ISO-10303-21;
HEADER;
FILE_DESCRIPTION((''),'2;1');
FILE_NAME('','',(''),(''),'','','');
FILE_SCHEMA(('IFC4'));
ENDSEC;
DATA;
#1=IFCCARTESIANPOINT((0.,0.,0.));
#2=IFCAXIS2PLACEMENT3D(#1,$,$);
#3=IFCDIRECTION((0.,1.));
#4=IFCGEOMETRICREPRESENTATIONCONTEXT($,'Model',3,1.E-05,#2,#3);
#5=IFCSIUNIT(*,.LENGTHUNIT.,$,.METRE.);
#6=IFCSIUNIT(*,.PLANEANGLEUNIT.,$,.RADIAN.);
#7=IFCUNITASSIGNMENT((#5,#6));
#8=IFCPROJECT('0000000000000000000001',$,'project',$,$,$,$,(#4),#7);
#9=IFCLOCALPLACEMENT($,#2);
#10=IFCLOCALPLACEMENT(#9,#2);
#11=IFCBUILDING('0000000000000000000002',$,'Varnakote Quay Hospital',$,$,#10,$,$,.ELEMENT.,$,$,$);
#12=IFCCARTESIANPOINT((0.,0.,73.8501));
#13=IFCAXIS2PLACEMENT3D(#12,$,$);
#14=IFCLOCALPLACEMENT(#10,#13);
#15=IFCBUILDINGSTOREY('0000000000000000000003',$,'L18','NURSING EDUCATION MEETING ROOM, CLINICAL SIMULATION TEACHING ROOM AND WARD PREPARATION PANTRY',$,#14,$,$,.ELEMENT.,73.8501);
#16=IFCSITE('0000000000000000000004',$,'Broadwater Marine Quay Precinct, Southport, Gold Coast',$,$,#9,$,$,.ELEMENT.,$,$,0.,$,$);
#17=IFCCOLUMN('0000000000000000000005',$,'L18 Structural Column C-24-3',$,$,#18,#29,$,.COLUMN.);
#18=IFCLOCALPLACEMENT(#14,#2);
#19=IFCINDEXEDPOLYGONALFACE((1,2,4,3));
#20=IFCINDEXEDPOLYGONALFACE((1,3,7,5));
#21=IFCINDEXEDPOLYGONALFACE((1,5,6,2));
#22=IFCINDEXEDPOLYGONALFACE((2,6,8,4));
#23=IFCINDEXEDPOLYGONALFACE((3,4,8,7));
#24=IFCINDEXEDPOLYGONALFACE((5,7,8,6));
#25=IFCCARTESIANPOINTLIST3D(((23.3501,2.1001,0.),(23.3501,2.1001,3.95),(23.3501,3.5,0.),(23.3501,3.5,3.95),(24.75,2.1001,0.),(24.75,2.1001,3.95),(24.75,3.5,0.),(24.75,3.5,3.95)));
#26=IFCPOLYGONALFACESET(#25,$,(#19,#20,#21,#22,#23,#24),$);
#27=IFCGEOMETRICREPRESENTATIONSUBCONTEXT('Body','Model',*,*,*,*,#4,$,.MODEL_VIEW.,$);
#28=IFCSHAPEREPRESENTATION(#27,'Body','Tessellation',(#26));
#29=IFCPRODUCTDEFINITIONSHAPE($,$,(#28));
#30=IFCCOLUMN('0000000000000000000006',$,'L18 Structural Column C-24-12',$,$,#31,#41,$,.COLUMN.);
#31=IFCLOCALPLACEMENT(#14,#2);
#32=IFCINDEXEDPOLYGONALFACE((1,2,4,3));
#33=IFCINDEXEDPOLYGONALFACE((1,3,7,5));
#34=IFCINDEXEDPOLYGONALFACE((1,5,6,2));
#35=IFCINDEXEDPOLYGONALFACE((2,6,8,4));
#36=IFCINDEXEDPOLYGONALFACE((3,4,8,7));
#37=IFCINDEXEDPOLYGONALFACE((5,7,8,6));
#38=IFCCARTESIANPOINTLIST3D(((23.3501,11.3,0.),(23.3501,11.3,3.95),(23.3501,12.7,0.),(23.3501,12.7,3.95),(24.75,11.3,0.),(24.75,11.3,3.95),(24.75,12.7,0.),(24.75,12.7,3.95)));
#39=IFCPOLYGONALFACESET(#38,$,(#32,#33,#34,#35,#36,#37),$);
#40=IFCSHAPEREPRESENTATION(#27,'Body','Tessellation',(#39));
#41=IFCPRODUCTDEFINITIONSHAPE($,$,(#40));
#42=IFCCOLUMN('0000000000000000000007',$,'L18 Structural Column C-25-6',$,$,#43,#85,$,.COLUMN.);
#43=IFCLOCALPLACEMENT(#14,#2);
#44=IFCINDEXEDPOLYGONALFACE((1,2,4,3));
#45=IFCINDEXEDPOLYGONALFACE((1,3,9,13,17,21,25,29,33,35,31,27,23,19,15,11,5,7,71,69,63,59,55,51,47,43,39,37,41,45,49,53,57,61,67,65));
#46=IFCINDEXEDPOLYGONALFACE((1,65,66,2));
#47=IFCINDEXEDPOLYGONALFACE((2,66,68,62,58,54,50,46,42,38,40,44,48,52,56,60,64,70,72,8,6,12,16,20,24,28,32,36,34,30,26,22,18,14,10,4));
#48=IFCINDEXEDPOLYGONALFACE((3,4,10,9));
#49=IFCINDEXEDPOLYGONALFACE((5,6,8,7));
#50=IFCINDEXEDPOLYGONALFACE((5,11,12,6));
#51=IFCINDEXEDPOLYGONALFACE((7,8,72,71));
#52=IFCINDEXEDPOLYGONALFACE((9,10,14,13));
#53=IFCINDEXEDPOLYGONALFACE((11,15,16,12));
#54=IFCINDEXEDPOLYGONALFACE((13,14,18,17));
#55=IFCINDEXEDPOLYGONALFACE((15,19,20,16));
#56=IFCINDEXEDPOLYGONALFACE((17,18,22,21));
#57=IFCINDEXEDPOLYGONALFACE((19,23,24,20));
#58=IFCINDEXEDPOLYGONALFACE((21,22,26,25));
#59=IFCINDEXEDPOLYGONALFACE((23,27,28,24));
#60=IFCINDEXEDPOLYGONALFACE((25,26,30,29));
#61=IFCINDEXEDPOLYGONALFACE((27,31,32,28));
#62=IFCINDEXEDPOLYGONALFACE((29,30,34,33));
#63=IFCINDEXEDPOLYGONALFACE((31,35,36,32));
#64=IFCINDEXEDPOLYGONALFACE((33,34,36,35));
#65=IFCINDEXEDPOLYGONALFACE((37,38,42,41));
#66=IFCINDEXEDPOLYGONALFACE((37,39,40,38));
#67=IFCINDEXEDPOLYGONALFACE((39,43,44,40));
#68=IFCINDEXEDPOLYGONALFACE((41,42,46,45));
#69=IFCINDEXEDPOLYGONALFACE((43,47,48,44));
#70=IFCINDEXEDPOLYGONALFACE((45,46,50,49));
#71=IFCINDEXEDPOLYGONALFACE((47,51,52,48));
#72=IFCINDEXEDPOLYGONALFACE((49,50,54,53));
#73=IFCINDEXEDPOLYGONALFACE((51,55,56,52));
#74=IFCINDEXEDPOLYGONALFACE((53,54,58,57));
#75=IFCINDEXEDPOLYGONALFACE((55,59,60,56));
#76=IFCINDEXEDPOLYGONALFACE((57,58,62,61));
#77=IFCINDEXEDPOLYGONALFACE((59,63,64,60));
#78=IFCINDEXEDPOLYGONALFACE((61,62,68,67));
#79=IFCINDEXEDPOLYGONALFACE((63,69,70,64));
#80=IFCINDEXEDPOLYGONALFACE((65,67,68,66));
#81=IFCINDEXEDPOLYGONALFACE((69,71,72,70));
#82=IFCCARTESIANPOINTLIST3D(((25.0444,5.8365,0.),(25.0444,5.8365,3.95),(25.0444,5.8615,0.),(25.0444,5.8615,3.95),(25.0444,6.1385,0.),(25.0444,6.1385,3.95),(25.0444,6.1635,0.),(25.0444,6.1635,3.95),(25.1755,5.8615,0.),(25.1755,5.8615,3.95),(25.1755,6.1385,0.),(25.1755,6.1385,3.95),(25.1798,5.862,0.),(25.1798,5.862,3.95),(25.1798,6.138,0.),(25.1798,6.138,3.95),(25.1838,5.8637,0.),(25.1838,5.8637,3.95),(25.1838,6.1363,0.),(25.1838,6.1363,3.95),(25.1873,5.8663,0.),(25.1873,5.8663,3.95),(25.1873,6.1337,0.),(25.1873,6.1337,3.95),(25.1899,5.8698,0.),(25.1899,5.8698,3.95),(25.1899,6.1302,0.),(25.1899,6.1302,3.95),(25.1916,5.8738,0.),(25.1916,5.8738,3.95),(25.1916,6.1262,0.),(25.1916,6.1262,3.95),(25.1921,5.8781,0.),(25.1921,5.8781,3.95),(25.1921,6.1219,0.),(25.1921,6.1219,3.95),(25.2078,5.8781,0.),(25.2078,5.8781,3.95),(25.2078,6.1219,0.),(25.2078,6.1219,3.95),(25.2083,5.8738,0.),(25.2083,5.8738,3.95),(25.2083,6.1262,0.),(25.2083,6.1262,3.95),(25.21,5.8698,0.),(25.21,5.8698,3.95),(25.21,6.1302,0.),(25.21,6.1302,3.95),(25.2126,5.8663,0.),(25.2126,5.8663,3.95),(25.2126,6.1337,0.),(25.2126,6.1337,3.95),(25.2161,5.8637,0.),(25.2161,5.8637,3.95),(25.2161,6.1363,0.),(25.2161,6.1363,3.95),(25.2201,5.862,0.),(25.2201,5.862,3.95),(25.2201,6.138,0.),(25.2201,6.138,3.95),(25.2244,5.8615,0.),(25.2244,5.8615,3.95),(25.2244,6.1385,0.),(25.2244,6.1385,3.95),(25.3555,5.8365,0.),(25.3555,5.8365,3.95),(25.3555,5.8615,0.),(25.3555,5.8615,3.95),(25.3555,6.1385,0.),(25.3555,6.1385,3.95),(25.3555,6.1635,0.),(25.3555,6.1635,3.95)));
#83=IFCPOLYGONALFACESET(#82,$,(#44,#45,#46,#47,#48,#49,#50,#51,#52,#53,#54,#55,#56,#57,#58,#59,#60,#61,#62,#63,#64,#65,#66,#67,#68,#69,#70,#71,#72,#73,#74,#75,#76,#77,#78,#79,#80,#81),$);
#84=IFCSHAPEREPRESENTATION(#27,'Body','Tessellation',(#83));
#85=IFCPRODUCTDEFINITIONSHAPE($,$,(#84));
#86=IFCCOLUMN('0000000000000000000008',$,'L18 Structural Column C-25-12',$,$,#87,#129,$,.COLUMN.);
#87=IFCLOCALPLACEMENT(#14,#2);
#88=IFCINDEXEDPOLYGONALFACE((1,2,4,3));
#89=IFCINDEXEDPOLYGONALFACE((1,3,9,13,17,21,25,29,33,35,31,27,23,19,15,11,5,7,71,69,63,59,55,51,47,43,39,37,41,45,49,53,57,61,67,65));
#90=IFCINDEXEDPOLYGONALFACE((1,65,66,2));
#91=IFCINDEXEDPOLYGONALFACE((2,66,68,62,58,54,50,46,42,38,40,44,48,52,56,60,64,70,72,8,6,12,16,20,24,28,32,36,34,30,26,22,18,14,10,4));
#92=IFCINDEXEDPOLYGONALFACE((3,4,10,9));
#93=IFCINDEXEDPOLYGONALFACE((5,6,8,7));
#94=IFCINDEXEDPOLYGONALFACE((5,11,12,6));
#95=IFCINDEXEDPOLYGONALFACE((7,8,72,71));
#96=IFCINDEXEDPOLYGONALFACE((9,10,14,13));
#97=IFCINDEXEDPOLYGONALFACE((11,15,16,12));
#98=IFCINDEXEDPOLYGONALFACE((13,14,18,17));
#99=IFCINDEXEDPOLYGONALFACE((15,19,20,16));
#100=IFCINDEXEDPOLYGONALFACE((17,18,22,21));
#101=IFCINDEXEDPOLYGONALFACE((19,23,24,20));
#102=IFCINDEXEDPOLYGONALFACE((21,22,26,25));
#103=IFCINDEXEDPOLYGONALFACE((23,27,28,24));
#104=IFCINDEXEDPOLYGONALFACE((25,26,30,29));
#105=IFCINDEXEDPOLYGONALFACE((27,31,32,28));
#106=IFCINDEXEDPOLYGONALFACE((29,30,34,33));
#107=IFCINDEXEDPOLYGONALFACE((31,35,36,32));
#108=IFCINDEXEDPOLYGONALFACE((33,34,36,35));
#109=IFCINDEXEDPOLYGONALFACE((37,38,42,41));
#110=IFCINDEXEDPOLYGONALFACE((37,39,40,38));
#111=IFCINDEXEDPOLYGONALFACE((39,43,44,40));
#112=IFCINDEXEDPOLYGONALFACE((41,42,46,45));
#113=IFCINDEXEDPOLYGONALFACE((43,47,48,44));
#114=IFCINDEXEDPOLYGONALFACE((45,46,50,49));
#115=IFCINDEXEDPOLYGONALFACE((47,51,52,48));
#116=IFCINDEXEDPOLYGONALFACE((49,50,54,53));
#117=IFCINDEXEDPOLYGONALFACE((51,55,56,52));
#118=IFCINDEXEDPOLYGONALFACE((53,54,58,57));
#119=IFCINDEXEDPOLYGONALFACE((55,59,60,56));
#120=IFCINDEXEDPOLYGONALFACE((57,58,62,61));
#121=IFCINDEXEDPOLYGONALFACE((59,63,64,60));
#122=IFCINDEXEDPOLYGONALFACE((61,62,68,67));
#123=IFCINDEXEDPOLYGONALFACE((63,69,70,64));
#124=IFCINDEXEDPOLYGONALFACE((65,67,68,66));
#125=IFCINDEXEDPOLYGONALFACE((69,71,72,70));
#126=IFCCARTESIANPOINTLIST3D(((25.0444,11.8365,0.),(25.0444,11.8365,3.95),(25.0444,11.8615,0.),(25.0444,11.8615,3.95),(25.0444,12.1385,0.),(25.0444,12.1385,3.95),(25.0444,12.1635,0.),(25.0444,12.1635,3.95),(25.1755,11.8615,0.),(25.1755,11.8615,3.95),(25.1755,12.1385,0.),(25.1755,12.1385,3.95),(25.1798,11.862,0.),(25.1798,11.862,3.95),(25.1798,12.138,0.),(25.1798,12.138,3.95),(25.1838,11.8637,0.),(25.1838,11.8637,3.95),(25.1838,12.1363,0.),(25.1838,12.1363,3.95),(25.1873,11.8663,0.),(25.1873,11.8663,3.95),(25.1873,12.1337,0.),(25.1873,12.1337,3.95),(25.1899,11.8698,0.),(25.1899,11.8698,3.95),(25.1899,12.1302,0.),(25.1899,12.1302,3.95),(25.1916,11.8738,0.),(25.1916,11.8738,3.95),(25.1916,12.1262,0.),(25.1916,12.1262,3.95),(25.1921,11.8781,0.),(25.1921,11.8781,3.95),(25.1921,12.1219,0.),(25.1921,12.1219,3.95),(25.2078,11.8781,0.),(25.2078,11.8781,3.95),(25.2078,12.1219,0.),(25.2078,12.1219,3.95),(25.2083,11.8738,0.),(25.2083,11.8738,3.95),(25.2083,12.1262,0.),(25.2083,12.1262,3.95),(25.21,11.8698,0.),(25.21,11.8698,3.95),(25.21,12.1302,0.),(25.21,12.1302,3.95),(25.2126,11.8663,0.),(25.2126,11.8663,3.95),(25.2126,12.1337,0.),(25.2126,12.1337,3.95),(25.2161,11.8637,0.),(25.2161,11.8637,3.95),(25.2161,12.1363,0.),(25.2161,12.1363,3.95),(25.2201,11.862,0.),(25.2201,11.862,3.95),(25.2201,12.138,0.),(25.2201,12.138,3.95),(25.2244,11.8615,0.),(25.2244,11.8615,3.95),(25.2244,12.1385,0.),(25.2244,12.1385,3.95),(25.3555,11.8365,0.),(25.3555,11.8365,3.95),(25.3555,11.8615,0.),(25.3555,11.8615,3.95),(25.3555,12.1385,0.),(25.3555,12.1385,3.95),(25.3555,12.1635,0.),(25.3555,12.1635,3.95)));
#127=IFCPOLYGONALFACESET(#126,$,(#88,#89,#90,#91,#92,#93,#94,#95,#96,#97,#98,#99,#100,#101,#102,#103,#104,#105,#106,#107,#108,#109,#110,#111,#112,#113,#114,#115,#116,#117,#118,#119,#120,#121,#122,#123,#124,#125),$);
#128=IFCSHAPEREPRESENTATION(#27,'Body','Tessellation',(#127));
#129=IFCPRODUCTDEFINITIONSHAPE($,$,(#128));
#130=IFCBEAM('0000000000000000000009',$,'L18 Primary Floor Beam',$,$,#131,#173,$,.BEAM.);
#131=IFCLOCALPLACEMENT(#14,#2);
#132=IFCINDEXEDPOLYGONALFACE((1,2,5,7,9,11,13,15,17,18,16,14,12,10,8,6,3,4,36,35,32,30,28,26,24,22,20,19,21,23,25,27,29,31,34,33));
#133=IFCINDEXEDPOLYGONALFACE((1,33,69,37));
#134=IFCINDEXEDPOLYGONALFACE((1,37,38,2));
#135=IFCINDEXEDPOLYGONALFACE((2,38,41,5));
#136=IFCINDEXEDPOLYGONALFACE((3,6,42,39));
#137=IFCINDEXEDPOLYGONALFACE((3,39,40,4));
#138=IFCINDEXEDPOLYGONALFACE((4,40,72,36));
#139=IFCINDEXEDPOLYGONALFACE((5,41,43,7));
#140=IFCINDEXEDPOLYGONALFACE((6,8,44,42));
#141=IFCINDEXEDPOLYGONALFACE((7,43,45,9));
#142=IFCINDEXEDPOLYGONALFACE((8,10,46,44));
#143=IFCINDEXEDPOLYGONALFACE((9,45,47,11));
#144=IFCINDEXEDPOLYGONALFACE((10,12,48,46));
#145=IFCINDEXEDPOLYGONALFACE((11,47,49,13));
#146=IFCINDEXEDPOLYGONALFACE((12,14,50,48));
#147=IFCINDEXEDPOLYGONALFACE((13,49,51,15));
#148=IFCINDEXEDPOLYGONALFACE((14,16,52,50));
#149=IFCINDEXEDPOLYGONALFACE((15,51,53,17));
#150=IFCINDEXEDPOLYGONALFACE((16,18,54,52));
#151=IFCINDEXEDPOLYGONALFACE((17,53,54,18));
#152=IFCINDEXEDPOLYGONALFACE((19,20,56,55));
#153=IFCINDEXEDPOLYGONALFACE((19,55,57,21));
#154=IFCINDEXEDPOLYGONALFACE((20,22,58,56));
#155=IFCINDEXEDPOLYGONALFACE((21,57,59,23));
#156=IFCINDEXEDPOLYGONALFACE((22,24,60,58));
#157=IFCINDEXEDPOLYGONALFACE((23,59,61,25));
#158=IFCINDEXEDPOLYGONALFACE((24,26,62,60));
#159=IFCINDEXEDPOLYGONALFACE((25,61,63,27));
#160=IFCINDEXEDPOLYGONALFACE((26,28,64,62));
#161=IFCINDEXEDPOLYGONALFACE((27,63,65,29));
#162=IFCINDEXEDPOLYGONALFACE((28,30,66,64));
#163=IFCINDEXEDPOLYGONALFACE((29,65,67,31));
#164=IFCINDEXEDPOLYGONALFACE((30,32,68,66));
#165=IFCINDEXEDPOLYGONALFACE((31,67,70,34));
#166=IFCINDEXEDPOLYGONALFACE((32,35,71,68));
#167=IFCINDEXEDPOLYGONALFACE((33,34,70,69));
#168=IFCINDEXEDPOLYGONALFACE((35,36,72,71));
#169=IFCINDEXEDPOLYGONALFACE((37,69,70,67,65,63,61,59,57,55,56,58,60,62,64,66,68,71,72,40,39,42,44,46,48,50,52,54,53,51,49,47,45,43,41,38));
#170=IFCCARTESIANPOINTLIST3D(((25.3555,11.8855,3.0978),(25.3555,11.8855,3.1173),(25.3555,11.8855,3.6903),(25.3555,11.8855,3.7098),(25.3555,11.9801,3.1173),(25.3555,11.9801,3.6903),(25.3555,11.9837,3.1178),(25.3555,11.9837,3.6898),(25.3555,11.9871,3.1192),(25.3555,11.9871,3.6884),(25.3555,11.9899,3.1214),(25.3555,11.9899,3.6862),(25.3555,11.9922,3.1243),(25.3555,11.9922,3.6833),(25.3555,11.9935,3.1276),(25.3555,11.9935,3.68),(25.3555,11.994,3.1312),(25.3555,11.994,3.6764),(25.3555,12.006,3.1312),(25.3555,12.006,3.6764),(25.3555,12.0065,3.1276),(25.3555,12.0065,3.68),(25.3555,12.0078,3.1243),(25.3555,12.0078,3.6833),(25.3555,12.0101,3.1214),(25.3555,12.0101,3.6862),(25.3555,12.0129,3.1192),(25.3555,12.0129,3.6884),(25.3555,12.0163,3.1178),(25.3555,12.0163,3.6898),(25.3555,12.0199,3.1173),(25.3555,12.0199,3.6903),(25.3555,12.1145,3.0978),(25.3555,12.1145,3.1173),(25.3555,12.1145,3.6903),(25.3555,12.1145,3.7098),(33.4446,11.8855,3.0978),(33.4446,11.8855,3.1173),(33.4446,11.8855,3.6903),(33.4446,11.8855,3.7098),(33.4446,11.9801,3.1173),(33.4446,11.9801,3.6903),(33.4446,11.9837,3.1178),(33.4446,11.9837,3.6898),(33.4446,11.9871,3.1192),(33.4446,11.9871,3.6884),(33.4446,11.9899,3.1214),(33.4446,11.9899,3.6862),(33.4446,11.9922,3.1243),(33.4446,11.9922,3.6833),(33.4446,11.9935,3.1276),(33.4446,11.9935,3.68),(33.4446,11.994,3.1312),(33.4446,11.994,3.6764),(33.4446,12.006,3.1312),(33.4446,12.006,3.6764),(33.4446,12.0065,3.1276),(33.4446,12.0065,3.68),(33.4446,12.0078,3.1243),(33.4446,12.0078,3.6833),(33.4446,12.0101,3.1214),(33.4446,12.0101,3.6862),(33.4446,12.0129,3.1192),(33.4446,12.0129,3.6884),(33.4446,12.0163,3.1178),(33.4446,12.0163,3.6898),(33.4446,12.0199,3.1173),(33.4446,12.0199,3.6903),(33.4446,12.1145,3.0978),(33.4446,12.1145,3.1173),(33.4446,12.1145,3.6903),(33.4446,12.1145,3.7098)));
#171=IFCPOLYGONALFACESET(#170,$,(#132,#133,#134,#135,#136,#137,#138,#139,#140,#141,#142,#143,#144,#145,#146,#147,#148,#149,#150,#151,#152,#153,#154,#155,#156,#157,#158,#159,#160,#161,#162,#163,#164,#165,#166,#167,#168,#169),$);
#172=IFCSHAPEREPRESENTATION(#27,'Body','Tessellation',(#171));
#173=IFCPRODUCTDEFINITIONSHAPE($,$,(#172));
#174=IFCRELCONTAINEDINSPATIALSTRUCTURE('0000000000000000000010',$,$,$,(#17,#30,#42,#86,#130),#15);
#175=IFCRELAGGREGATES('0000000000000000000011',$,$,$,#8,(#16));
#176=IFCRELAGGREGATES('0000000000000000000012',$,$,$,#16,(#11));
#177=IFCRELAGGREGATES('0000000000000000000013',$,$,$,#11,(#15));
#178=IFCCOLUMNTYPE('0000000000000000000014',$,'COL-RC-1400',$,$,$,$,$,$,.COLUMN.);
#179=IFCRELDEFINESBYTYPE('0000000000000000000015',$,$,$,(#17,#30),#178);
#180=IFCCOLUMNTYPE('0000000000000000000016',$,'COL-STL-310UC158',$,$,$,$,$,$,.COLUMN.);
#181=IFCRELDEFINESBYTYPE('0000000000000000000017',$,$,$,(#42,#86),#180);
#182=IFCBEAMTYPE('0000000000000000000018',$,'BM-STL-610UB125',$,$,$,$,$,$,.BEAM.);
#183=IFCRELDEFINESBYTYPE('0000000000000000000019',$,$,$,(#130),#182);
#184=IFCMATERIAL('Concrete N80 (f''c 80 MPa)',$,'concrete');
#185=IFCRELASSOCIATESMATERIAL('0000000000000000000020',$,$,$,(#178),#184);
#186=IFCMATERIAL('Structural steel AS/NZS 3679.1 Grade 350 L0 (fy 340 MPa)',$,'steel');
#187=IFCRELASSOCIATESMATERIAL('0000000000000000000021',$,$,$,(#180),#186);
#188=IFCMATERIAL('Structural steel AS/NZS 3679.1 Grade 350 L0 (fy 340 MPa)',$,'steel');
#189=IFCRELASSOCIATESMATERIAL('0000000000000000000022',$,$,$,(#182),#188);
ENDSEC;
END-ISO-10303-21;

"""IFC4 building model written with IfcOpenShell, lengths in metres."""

from ifc_helpers import new_model, si_unit, direction, frame, origin, origin_2d, place, context, subcontext, project, spatial, rectangle, i_section, extrude, material, material_profile, profile_set, type_object, element, save


model = new_model("IFC4")

# Units and contexts
model_context = context("Model", 3, precision=1e-05, world=origin(), true_north=direction((0.0, 1.0)))
body_context = subcontext(model_context, "Body", "Model", "MODEL_VIEW")
ifc_project = project(units=[si_unit("LENGTHUNIT", "METRE"), si_unit("PLANEANGLEUNIT", "RADIAN")], contexts=[model_context])

# Site, building, storey
site_placement = place(None, origin())
site = spatial("IfcSite", under=ifc_project, at=site_placement, Name="Broadwater Marine Quay Precinct, Southport, Gold Coast", CompositionType="ELEMENT", RefElevation=0.0)
building_placement = place(site_placement, origin())
building = spatial("IfcBuilding", under=site, at=building_placement, Name="Varnakote Quay Hospital", CompositionType="ELEMENT")
storey_placement = place(building_placement, frame((0.0, 0.0, 73.8501)))
storey = spatial("IfcBuildingStorey", under=building, at=storey_placement, Name="L18", Description="NURSING EDUCATION MEETING ROOM, CLINICAL SIMULATION TEACHING ROOM AND WARD PREPARATION PANTRY", CompositionType="ELEMENT", Elevation=73.8501)

# Columns
ifc_material_1 = material(Name="Concrete N80 (f'c 80 MPa)", Category="concrete")
ifc_material_profile_1 = material_profile(ifc_material_1, rectangle(XDim=1.3999, YDim=1.3999, at=origin_2d()), Name="RC-COL-1400x1400")
ifc_profile_set_1 = profile_set([ifc_material_profile_1], Name="Concrete N80 (f'c 80 MPa)")
column_type_1 = type_object("IfcColumnType", Name="COL-RC-1400", PredefinedType="COLUMN", material=ifc_profile_set_1)
for number, where, z_axis, x_axis, name in (
    (1, (24.05, 2.8, 0.0), (0.0, 0.0, 1.0), (1.0, 0.0, 0.0), "L18 Structural Column C-24-3"),
    (2, (24.05, 12.0, 0.0), (0.0, 0.0, 1.0), (1.0, 0.0, 0.0), "L18 Structural Column C-24-12"),
):
    element("IfcColumn", number, at=place(storey_placement, frame(where, z_axis=z_axis, x_axis=x_axis)), inside=storey, type_object=column_type_1, Name=name, PredefinedType="COLUMN", context=body_context, shape_type="SweptSolid", body=[
        extrude(rectangle(XDim=1.3999, YDim=1.3999, at=origin_2d()), origin(), (0.0, 0.0, 1.0), 3.95),
    ])
ifc_material_2 = material(Name="Structural steel AS/NZS 3679.1 Grade 350 L0 (fy 340 MPa)", Category="steel")
ifc_material_profile_2 = material_profile(ifc_material_2, i_section(OverallWidth=0.311, OverallDepth=0.3269, WebThickness=0.0156, FlangeThickness=0.0249, FilletRadius=0.0166, at=origin_2d()), Name="310UC158")
ifc_profile_set_2 = profile_set([ifc_material_profile_2], Name="Structural steel AS/NZS 3679.1 Grade 350 L0 (fy 340 MPa)")
column_type_2 = type_object("IfcColumnType", Name="COL-STL-310UC158", PredefinedType="COLUMN", material=ifc_profile_set_2)
for number, where, z_axis, x_axis, name in (
    (3, (25.2, 6.0, 0.0), (0.0, 0.0, 1.0), (1.0, 0.0, 0.0), "L18 Structural Column C-25-6"),
    (4, (25.2, 12.0, 0.0), (0.0, 0.0, 1.0), (1.0, 0.0, 0.0), "L18 Structural Column C-25-12"),
):
    element("IfcColumn", number, at=place(storey_placement, frame(where, z_axis=z_axis, x_axis=x_axis)), inside=storey, type_object=column_type_2, Name=name, PredefinedType="COLUMN", context=body_context, shape_type="SweptSolid", body=[
        extrude(i_section(OverallWidth=0.311, OverallDepth=0.3269, WebThickness=0.0156, FlangeThickness=0.0249, FilletRadius=0.0166, at=origin_2d()), origin(), (0.0, 0.0, 1.0), 3.95),
    ])

# Beam
ifc_material_3 = material(Name="Structural steel AS/NZS 3679.1 Grade 350 L0 (fy 340 MPa)", Category="steel")
ifc_material_profile_3 = material_profile(ifc_material_3, i_section(OverallWidth=0.229, OverallDepth=0.6121, WebThickness=0.012, FlangeThickness=0.0195, FilletRadius=0.0139, at=origin_2d()), Name="610UB125")
ifc_profile_set_3 = profile_set([ifc_material_profile_3], Name="Structural steel AS/NZS 3679.1 Grade 350 L0 (fy 340 MPa)")
beam_type_1 = type_object("IfcBeamType", Name="BM-STL-610UB125", PredefinedType="BEAM", material=ifc_profile_set_3)
beam_1_placement = place(storey_placement, frame((25.3555, 12.0, 3.4038), z_axis=(1.0, 0.0, 0.0), x_axis=(0.0, 1.0, 0.0)))
element("IfcBeam", 5, at=beam_1_placement, inside=storey, type_object=beam_type_1, Name="L18 Primary Floor Beam", PredefinedType="BEAM", context=body_context, shape_type="SweptSolid", body=[
    extrude(i_section(OverallWidth=0.229, OverallDepth=0.6121, WebThickness=0.012, FlangeThickness=0.0195, FilletRadius=0.0139, at=origin_2d()), origin(), (0.0, 0.0, 1.0), 8.0891),
])

save(model, "model.ifc")
